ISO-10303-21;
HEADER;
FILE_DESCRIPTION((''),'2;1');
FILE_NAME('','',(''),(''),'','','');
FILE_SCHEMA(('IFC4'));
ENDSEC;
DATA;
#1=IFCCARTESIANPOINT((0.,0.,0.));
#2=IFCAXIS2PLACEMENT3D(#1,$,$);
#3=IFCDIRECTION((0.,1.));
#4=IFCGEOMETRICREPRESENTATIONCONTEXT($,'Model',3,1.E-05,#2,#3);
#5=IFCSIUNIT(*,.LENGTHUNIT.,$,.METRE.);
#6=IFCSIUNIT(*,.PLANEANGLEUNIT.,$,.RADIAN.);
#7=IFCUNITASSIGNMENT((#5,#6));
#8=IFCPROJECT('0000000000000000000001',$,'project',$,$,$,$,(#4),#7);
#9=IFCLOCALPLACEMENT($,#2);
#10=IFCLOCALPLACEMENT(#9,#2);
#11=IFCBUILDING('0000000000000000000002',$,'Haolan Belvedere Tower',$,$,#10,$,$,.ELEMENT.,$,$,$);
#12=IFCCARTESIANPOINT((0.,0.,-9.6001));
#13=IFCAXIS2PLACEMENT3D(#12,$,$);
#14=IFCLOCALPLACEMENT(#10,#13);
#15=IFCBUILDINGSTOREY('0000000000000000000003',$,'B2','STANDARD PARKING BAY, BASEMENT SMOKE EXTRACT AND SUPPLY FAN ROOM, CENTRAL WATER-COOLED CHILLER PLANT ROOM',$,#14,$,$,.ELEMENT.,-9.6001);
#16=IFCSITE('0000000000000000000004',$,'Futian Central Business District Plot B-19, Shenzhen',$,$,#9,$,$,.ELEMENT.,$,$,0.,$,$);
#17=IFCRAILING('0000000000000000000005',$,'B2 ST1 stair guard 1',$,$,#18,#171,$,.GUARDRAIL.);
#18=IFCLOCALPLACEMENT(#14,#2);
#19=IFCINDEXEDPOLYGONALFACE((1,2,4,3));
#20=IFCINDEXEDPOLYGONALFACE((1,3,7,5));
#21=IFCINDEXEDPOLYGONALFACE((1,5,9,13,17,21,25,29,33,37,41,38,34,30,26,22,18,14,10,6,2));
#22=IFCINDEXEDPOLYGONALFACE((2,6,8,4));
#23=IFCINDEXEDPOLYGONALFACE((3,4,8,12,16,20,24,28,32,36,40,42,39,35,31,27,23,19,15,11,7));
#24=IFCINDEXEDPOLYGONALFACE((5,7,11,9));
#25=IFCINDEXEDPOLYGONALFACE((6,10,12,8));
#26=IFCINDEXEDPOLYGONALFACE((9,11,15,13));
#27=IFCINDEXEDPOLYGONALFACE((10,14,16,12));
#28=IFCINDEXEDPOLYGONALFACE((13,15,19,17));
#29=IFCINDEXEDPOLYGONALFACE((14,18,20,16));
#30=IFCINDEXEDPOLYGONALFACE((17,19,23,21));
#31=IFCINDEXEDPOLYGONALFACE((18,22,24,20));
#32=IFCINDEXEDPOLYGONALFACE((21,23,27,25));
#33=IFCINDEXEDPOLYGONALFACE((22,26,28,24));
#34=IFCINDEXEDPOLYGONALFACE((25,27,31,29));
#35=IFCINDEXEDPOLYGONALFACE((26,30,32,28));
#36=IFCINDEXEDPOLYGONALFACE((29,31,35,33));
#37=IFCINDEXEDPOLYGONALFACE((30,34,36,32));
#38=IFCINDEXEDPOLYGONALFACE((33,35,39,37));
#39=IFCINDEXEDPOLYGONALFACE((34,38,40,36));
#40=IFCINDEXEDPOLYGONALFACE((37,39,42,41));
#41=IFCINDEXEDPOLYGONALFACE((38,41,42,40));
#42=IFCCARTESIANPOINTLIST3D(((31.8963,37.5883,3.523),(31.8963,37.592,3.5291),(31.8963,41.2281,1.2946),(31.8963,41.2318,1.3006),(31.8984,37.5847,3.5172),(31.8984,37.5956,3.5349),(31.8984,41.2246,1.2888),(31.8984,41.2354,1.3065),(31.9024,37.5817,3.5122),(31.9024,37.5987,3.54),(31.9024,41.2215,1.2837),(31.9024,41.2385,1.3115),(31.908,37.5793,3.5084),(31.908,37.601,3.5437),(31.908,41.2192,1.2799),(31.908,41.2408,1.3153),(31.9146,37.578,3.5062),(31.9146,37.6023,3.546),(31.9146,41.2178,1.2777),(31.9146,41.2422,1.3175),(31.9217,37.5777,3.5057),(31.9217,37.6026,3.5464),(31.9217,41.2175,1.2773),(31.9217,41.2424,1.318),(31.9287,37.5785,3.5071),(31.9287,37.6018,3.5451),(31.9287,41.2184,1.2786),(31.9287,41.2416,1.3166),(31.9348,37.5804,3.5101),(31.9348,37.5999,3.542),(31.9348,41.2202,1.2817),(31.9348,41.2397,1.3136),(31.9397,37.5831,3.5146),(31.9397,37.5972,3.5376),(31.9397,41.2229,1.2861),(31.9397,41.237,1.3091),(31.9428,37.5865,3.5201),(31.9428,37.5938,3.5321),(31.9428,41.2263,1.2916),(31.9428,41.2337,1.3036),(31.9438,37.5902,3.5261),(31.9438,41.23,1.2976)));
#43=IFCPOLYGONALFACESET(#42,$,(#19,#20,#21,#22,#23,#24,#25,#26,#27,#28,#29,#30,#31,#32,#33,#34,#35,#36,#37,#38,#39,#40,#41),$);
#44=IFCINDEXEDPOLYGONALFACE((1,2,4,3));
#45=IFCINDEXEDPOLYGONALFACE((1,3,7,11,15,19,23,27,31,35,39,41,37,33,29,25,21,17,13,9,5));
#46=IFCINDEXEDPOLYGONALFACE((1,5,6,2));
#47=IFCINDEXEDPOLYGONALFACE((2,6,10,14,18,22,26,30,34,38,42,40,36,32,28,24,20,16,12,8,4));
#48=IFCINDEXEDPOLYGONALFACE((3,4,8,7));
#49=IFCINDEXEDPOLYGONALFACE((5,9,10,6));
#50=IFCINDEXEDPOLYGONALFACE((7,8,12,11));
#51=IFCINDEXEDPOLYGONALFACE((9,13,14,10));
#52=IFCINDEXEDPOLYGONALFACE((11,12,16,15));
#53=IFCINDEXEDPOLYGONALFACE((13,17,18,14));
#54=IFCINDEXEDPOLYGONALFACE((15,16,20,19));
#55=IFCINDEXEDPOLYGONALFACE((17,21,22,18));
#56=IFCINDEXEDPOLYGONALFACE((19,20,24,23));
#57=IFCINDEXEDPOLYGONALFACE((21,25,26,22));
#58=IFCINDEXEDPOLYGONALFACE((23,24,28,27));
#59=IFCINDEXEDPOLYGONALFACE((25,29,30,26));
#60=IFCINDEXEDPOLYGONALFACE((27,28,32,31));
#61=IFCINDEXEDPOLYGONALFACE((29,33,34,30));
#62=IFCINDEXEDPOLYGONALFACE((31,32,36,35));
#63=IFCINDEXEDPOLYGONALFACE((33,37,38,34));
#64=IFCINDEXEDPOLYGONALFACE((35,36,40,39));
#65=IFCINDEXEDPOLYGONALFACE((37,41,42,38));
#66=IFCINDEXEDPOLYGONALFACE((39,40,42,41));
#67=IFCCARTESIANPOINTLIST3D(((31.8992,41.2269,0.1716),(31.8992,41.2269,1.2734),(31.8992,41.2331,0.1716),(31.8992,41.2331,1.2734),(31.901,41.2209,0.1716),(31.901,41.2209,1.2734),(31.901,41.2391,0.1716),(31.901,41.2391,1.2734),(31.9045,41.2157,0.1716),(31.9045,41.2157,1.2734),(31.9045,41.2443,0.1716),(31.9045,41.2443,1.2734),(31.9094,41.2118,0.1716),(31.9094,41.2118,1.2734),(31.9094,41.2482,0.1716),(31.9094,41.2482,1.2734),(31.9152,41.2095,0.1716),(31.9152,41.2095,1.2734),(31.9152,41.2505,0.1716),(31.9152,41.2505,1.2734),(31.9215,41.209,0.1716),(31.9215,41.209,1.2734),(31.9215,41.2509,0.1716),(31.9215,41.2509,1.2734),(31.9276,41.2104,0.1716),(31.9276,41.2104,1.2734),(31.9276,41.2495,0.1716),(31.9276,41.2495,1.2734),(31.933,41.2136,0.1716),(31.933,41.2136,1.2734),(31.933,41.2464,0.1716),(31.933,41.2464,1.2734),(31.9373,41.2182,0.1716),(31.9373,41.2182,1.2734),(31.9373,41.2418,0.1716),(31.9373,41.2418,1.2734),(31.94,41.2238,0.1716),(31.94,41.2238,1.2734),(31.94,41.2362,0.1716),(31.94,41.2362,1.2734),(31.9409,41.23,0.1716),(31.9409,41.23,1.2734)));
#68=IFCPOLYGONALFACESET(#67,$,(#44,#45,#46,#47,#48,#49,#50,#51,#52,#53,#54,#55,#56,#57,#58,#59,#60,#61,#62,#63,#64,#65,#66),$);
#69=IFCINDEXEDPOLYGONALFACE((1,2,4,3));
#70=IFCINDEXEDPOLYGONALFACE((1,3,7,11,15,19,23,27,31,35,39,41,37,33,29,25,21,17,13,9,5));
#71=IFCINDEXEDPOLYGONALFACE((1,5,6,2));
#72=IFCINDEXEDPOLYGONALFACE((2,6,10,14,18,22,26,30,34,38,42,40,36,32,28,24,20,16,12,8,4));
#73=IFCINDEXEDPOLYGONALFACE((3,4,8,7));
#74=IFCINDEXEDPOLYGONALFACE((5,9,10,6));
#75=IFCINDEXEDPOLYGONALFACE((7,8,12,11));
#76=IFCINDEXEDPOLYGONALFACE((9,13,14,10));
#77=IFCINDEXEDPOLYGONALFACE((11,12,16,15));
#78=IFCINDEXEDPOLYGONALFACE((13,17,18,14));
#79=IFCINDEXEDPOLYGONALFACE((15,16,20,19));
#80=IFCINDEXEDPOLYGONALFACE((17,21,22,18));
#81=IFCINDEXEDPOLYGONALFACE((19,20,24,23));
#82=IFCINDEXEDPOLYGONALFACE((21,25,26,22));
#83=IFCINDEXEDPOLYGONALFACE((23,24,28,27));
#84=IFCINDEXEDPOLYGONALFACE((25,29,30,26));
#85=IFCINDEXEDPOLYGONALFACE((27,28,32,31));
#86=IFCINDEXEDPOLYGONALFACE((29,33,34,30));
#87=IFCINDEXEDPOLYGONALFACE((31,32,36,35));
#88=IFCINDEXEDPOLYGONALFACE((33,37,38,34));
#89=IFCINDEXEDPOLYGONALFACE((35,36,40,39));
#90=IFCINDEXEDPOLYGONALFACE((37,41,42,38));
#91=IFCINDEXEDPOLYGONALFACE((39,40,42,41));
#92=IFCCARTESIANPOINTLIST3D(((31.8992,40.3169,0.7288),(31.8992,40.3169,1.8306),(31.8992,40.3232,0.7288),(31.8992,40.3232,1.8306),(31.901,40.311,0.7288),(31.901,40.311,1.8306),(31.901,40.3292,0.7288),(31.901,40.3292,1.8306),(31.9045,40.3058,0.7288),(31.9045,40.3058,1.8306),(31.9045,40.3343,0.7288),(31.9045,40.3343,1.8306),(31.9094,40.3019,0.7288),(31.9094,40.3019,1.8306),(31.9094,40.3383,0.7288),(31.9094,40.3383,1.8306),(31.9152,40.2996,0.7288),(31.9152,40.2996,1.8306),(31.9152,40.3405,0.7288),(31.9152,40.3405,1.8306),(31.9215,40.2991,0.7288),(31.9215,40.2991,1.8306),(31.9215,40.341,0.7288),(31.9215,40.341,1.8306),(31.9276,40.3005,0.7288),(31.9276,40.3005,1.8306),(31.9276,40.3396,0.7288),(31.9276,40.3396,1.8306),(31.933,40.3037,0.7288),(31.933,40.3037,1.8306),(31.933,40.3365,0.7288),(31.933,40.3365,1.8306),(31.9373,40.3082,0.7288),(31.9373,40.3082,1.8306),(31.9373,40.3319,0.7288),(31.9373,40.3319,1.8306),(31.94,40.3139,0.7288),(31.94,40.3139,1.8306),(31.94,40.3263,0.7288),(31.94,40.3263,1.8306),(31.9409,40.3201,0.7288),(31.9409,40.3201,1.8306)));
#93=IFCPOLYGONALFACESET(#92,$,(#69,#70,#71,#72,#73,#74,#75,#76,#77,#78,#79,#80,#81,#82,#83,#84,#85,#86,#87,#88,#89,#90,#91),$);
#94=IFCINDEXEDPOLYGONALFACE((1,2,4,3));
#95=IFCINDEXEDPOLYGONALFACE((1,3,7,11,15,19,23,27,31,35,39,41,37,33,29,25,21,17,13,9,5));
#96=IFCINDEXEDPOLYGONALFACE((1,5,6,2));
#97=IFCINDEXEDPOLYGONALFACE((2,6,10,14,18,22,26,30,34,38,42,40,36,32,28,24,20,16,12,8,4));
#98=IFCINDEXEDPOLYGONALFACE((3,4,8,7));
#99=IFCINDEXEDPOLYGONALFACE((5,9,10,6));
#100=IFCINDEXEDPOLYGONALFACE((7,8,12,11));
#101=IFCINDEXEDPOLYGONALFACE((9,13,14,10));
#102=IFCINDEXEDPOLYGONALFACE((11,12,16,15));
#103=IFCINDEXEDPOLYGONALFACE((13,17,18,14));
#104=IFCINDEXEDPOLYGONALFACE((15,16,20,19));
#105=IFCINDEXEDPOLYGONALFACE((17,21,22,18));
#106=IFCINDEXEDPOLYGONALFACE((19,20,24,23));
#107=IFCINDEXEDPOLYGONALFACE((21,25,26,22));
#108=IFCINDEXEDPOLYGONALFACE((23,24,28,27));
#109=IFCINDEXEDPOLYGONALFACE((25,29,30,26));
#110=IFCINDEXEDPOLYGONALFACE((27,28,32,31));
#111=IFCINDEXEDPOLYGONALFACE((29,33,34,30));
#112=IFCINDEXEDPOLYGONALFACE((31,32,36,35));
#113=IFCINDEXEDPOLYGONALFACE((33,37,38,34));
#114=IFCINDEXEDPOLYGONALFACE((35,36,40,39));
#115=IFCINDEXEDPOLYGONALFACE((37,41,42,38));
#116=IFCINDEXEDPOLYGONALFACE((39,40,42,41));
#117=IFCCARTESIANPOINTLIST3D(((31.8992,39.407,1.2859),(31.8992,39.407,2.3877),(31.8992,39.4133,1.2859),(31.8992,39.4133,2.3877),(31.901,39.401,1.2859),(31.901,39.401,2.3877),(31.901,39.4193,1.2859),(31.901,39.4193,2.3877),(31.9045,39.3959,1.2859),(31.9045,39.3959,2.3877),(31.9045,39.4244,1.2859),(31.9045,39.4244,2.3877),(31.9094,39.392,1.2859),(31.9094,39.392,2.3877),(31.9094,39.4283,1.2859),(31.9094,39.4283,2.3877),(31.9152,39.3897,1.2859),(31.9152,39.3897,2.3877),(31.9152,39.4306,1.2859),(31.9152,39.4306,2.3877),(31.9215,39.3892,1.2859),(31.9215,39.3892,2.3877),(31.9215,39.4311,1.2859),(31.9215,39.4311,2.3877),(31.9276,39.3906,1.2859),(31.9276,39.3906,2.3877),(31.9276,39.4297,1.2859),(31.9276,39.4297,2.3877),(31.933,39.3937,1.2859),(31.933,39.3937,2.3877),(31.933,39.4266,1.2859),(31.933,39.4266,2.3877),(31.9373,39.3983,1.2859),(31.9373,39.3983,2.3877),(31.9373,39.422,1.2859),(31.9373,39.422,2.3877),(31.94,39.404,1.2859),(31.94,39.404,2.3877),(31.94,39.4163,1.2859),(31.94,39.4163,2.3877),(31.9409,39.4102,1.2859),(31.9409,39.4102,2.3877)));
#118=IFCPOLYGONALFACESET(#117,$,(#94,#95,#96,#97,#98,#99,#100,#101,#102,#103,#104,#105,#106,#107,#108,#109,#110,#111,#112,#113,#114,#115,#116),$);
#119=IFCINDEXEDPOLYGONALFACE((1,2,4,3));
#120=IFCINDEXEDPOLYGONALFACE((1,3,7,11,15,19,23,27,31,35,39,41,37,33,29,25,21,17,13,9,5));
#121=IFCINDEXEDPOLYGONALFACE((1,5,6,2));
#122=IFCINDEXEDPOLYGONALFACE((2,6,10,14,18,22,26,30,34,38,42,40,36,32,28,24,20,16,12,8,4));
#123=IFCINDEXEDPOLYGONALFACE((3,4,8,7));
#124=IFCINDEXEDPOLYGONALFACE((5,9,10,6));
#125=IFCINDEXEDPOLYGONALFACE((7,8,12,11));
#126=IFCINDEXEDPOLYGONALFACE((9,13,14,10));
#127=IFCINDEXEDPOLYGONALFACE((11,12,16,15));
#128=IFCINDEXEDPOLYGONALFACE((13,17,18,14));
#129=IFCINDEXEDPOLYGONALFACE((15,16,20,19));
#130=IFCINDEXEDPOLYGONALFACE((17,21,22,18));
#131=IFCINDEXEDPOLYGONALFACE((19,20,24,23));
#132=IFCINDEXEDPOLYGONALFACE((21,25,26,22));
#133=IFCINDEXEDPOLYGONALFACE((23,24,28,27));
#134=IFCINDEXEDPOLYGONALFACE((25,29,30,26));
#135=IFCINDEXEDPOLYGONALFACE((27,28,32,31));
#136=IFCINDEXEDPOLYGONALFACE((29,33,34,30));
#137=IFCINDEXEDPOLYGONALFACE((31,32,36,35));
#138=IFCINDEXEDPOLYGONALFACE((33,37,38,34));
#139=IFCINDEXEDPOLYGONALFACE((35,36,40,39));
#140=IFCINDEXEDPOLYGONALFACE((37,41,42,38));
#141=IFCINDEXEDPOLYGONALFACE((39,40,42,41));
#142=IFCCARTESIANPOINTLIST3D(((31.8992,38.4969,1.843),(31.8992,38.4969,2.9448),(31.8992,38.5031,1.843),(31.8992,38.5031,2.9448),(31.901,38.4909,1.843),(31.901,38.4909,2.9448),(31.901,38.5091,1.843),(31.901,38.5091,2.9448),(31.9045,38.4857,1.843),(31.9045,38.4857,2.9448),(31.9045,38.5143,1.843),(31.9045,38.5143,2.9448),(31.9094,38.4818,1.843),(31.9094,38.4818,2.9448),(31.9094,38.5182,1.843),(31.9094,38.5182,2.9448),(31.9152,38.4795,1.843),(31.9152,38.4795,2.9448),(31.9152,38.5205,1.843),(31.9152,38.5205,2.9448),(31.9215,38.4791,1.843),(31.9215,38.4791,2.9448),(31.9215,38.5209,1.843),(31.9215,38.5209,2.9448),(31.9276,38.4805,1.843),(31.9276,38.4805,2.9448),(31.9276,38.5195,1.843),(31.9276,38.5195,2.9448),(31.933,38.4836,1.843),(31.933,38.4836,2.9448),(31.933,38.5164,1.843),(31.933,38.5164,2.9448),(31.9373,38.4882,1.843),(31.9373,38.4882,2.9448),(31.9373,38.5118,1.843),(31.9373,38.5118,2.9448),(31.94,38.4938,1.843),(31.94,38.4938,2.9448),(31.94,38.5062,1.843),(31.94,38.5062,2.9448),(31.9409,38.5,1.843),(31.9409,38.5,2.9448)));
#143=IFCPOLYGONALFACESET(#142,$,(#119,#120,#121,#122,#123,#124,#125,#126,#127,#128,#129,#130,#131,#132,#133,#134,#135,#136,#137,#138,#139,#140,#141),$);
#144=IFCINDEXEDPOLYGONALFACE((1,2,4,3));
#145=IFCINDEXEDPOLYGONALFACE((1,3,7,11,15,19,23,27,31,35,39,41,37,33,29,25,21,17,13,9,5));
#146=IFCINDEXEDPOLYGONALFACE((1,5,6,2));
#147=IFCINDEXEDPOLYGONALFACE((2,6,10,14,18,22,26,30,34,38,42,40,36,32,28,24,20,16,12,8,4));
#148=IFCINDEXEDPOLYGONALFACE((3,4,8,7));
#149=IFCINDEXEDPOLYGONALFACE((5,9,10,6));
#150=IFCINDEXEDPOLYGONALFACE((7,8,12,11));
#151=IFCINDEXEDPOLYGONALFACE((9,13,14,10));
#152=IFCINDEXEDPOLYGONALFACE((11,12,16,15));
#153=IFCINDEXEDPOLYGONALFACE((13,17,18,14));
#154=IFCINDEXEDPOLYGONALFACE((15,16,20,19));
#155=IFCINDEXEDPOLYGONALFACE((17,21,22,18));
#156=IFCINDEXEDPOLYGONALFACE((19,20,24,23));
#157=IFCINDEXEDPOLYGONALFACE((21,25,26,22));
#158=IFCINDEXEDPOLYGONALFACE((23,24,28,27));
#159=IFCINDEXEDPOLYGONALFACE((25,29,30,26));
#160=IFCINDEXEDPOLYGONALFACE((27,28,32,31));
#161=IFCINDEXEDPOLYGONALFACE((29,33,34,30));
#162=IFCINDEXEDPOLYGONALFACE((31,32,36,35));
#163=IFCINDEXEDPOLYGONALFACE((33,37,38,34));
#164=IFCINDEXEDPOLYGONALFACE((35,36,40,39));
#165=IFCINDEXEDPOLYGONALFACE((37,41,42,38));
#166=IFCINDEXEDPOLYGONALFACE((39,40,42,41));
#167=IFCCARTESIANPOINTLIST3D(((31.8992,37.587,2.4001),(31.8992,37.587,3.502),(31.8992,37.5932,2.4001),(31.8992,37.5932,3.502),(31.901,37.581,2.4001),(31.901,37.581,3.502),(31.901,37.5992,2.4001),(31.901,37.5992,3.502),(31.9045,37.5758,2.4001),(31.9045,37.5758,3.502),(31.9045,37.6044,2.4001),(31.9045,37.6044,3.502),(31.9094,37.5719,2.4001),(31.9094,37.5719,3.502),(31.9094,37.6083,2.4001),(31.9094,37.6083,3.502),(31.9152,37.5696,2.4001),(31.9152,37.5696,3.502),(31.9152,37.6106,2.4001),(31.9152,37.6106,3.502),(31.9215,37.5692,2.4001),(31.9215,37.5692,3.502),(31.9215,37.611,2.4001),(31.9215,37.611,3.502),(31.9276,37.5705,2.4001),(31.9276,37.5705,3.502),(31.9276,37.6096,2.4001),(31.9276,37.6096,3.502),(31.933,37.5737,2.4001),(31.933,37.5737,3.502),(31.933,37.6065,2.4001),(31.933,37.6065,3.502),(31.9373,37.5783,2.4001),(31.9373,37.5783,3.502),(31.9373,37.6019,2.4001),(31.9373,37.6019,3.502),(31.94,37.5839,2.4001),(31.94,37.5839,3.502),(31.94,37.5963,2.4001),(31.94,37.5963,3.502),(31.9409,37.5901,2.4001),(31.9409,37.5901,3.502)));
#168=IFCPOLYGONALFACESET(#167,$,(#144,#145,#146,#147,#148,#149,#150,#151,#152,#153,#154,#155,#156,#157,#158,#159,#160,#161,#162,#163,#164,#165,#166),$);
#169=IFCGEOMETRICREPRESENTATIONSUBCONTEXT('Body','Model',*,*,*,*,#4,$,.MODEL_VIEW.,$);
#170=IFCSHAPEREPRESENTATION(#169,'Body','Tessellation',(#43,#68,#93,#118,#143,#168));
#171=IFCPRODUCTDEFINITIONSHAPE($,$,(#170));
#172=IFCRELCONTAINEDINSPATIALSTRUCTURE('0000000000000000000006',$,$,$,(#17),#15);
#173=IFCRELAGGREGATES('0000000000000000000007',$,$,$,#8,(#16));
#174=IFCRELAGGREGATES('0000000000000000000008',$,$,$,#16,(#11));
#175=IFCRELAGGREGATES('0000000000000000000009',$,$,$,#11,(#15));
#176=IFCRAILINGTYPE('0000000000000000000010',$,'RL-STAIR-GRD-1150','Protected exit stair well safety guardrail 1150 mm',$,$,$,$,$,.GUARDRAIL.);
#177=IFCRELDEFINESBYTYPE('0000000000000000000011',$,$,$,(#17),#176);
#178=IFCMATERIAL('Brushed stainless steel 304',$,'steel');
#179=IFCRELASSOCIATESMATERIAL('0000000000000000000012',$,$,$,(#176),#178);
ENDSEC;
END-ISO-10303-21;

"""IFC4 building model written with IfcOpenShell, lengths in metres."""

from ifc_helpers import new_model, si_unit, direction, frame, origin, origin_2d, place, context, subcontext, project, spatial, circle, extrude, material, type_object, element, save


model = new_model("IFC4")

# Units and contexts
model_context = context("Model", 3, precision=1e-05, world=origin(), true_north=direction((0.0, 1.0)))
body_context = subcontext(model_context, "Body", "Model", "MODEL_VIEW")
ifc_project = project(units=[si_unit("LENGTHUNIT", "METRE"), si_unit("PLANEANGLEUNIT", "RADIAN")], contexts=[model_context])

# Site, building, storey
site_placement = place(None, origin())
site = spatial("IfcSite", under=ifc_project, at=site_placement, Name="Futian Central Business District Plot B-19, Shenzhen", CompositionType="ELEMENT", RefElevation=0.0)
building_placement = place(site_placement, origin())
building = spatial("IfcBuilding", under=site, at=building_placement, Name="Haolan Belvedere Tower", CompositionType="ELEMENT")
storey_placement = place(building_placement, frame((0.0, 0.0, -9.6001)))
storey = spatial("IfcBuildingStorey", under=building, at=storey_placement, Name="B2", Description="STANDARD PARKING BAY, BASEMENT SMOKE EXTRACT AND SUPPLY FAN ROOM, CENTRAL WATER-COOLED CHILLER PLANT ROOM", CompositionType="ELEMENT", Elevation=-9.6001)

# Railing
ifc_material_1 = material(Name="Brushed stainless steel 304", Category="steel")
railing_type_1 = type_object("IfcRailingType", Name="RL-STAIR-GRD-1150", Description="Protected exit stair well safety guardrail 1150 mm", PredefinedType="GUARDRAIL", material=ifc_material_1)
railing_1_placement = place(storey_placement, frame((31.9199, 41.23, 0.1716)))
element("IfcRailing", 1, at=railing_1_placement, inside=storey, type_object=railing_type_1, Name="B2 ST1 stair guard 1", PredefinedType="GUARDRAIL", context=body_context, shape_type="SweptSolid", body=[
    extrude(circle(Radius=0.0239, at=origin_2d()), frame((0.0, 0.0, 1.126), z_axis=(0.0, -0.85285, 0.522156), x_axis=(1.0, 0.0, 0.0)), (0.0, 0.0, 1.0), 4.2678),
    extrude(circle(Radius=0.021, at=origin_2d()), origin(), (0.0, 0.0, 1.0), 1.1018),
    extrude(circle(Radius=0.021, at=origin_2d()), frame((0.0, -0.9099, 0.5571)), (0.0, 0.0, 1.0), 1.1018),
    extrude(circle(Radius=0.021, at=origin_2d()), frame((0.0, -1.8198, 1.1143)), (0.0, 0.0, 1.0), 1.1018),
    extrude(circle(Radius=0.021, at=origin_2d()), frame((0.0, -2.73, 1.6714)), (0.0, 0.0, 1.0), 1.1018),
    extrude(circle(Radius=0.021, at=origin_2d()), frame((0.0, -3.6399, 2.2285)), (0.0, 0.0, 1.0), 1.1018),
])

save(model, "model.ifc")
